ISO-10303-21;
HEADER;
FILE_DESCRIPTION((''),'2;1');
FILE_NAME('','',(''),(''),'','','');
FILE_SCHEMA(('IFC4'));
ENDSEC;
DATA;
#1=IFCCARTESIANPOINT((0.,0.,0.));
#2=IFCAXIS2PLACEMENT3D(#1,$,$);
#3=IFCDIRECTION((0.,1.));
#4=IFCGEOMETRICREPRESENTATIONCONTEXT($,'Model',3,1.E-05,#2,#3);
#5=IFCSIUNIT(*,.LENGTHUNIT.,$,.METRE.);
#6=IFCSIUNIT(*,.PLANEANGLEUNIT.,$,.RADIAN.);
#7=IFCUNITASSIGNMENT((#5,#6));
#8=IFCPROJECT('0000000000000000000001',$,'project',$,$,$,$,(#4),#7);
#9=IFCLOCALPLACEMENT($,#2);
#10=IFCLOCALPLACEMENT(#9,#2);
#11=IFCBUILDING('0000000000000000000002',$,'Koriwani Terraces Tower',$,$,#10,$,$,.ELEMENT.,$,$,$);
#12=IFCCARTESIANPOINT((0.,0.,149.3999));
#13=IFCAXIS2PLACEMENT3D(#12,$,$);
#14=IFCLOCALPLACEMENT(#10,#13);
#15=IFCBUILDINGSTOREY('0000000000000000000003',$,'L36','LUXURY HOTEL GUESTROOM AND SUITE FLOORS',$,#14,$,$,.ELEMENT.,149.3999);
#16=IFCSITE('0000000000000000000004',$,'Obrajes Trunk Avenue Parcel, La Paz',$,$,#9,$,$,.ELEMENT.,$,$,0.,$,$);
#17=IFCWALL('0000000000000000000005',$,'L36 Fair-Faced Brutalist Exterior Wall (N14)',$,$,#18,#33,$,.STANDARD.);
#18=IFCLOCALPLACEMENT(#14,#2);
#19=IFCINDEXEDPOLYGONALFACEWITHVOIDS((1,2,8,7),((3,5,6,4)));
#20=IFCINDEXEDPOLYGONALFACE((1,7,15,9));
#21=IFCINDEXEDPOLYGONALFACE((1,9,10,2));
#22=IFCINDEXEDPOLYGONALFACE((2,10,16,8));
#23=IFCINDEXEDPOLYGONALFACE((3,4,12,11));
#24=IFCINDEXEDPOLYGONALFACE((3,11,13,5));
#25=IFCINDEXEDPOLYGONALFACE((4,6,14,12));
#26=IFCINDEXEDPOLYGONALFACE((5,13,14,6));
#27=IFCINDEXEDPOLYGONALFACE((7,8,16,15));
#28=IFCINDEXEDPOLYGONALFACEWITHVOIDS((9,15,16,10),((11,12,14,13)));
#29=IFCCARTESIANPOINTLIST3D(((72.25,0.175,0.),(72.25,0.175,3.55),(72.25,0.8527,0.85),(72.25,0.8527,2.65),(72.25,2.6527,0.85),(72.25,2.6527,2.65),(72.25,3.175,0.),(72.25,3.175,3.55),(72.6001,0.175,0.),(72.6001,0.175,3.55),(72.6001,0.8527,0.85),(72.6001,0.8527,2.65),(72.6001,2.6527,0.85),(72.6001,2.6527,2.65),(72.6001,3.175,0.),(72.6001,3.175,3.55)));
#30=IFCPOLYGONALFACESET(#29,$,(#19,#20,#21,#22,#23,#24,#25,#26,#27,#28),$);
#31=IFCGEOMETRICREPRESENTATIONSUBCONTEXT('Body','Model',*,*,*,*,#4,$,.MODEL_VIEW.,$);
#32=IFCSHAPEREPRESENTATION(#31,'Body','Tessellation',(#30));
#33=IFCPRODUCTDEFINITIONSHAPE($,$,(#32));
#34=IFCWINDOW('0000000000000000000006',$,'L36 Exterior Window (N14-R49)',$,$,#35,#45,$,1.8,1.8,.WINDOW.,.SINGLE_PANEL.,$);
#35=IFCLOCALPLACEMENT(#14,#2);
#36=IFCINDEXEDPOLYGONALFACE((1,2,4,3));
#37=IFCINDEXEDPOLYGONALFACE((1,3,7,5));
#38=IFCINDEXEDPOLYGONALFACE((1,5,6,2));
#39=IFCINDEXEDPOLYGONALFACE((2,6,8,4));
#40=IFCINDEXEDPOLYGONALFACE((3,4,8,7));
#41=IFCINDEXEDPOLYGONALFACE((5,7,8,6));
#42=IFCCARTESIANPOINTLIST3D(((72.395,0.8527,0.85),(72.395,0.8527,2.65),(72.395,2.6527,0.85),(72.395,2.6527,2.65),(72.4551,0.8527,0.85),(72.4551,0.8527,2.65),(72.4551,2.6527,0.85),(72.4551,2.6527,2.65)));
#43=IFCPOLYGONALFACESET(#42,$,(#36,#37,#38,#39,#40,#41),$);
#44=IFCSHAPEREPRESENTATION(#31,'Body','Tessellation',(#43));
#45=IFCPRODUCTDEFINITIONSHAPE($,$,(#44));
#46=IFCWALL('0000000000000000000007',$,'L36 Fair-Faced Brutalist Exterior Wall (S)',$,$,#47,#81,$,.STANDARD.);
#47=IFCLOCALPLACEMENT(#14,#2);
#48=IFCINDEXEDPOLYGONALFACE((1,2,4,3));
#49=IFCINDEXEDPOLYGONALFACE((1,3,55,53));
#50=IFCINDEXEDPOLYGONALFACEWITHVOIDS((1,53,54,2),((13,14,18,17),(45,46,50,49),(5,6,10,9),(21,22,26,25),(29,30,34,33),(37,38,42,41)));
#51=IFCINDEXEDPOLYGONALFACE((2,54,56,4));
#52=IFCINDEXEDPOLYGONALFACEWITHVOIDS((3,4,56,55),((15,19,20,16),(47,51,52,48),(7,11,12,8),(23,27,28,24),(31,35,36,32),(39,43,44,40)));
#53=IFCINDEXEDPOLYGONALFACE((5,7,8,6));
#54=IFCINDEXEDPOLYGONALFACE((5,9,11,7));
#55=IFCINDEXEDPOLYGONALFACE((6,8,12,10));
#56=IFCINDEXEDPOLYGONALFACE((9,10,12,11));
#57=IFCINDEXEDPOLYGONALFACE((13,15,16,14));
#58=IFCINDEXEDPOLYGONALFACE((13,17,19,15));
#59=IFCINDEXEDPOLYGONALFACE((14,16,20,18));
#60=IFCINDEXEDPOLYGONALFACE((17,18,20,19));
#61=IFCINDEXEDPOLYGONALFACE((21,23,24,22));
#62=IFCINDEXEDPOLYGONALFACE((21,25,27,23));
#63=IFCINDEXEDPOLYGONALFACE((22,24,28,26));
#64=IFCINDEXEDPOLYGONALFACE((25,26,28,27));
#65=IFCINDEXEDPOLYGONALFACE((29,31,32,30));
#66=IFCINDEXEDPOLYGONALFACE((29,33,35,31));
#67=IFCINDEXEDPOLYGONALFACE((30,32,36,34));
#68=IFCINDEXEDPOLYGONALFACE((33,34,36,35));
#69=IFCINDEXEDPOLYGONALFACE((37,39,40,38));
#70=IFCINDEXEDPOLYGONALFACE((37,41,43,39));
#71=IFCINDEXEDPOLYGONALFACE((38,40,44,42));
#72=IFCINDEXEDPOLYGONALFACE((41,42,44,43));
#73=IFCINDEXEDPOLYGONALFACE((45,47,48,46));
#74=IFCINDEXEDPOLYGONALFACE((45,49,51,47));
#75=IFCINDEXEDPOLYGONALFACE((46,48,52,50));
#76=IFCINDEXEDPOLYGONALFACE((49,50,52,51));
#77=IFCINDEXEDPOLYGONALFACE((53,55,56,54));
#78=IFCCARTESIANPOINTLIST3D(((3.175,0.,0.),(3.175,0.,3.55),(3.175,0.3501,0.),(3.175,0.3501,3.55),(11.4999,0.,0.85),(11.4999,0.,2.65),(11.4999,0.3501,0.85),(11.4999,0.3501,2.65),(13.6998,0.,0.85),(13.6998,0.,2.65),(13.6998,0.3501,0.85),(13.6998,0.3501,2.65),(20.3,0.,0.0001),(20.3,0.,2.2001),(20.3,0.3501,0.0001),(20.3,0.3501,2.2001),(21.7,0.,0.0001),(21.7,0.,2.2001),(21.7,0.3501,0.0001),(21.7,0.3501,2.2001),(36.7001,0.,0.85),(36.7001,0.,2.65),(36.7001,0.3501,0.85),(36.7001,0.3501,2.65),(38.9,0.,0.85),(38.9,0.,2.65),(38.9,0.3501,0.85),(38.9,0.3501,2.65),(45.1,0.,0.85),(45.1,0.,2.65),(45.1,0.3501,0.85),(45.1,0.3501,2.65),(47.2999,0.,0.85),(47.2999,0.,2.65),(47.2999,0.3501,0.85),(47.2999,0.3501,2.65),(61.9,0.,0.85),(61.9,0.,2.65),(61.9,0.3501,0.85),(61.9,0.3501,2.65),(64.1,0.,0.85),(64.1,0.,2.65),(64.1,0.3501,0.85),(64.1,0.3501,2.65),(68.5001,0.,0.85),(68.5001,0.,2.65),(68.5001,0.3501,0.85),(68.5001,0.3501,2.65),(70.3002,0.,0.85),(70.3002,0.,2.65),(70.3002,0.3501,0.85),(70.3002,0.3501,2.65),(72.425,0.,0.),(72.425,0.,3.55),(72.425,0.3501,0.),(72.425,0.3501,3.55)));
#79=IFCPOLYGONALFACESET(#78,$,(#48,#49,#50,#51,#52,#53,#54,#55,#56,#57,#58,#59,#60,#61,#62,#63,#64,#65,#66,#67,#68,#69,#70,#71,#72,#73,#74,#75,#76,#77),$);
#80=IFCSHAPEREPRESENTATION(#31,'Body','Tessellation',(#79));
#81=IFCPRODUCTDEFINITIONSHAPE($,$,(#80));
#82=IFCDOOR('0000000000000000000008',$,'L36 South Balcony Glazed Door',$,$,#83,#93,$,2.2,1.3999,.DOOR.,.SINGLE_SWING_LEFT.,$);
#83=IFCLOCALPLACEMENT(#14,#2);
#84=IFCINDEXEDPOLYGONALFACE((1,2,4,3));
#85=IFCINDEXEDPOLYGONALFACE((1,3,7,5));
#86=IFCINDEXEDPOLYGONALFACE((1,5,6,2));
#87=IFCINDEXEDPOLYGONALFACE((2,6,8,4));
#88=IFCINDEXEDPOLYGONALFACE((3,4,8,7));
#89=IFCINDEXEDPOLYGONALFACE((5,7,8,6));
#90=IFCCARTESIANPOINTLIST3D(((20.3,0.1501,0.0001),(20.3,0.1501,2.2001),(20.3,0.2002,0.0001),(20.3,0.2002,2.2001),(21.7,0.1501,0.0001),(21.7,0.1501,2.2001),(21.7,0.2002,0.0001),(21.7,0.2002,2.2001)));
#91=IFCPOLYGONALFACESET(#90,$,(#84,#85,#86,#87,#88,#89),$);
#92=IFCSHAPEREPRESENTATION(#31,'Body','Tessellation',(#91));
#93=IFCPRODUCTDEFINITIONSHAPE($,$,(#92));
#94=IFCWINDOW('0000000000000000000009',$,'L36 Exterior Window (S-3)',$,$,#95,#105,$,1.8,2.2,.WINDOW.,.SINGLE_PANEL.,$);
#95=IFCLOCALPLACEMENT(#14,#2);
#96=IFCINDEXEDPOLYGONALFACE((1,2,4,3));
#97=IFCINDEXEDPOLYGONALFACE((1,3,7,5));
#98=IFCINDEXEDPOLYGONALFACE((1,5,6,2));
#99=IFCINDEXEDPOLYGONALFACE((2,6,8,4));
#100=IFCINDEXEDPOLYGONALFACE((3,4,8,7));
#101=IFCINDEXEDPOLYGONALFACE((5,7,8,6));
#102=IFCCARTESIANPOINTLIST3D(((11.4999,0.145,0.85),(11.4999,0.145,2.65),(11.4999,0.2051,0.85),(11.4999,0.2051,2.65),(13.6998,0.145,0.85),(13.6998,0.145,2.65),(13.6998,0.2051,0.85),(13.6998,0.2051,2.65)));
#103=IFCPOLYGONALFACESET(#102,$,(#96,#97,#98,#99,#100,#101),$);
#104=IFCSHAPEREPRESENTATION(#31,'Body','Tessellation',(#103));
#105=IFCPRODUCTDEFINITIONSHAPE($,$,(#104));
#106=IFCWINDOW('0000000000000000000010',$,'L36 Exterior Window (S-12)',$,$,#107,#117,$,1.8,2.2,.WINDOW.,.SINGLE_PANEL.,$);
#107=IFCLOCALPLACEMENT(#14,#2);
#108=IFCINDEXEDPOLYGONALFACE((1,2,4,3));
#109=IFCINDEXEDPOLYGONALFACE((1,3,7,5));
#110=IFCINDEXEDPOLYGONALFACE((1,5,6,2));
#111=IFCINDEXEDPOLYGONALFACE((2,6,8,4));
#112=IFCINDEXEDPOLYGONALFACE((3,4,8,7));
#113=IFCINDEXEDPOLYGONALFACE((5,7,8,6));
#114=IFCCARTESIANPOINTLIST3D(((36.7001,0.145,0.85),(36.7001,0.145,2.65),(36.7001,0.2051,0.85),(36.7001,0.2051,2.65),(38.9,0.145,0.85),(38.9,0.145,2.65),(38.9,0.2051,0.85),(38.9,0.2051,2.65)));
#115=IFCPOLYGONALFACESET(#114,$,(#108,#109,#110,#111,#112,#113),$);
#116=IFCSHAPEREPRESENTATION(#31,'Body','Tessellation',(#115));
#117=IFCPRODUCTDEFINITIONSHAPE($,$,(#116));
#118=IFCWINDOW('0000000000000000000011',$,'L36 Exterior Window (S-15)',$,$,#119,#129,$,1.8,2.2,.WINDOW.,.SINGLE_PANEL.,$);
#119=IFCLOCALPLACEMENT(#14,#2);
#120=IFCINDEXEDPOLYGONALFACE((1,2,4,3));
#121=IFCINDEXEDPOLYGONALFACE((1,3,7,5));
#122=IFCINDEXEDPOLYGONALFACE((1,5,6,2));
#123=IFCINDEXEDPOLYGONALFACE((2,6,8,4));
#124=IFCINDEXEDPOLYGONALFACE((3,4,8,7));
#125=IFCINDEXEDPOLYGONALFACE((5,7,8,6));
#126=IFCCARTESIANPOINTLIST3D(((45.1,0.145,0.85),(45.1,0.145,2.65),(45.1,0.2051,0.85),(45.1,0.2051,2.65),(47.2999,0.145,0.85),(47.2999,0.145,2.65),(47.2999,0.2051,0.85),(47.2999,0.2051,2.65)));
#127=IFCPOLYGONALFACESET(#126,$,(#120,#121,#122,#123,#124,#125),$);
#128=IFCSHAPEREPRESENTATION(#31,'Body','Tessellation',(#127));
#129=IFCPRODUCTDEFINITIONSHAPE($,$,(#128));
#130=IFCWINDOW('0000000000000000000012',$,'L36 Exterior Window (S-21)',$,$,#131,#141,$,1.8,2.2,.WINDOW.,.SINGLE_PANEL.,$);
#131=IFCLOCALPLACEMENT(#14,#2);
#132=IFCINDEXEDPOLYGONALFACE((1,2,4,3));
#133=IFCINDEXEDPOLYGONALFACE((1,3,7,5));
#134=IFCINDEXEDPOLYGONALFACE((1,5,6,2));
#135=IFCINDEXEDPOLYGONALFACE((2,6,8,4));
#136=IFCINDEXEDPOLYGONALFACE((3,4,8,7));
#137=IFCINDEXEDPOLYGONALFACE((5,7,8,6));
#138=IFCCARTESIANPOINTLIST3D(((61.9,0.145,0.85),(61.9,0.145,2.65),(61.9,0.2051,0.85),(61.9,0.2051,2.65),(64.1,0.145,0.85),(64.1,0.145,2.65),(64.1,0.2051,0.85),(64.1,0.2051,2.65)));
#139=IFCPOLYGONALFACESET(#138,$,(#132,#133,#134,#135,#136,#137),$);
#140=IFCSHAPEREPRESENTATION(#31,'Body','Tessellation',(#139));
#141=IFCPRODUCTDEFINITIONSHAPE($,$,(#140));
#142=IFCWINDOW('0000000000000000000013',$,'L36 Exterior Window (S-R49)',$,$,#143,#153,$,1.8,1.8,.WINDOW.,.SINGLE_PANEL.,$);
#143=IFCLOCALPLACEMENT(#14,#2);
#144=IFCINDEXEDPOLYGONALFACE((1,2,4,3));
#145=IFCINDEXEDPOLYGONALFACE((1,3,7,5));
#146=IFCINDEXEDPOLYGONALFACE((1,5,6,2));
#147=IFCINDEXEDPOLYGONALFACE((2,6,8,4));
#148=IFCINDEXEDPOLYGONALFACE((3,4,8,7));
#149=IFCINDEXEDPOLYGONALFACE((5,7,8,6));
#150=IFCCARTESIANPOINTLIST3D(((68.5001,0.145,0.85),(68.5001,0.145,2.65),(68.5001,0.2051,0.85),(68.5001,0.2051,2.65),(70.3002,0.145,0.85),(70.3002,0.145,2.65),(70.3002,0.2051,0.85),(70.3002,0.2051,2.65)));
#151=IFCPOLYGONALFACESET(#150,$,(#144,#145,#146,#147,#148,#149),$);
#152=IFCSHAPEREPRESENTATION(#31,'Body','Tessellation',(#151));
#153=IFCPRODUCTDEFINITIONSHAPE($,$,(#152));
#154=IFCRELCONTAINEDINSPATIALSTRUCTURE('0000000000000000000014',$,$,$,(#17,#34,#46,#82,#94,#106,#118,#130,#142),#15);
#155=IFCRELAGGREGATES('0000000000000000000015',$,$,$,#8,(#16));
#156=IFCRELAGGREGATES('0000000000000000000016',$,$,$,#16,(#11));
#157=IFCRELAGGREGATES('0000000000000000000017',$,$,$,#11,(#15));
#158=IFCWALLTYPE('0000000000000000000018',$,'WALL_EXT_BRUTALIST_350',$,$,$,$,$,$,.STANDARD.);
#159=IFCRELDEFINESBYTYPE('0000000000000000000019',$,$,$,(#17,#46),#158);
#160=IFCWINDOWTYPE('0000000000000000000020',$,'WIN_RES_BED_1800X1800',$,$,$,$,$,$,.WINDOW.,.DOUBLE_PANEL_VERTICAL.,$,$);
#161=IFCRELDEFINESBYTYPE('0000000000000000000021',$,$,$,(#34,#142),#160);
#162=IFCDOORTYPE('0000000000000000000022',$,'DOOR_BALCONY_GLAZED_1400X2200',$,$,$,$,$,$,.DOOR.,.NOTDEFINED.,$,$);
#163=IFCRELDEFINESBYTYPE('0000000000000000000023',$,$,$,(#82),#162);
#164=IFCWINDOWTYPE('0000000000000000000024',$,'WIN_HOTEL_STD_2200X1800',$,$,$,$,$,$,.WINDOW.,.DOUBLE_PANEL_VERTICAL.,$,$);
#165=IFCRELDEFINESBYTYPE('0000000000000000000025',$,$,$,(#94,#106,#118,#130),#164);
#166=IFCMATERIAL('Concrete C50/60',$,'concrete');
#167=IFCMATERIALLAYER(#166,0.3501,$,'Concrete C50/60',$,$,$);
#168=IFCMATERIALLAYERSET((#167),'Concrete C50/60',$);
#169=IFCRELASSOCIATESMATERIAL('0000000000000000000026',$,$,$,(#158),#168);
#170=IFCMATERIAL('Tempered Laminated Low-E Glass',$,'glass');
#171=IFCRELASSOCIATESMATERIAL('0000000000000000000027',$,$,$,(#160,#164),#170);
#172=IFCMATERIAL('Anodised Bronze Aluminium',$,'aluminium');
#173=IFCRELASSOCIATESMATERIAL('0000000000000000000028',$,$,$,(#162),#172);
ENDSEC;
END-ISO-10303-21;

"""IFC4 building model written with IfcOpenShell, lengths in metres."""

from ifc_helpers import new_model, si_unit, direction, frame, frame_2d, origin, place, context, subcontext, project, spatial, rectangle, extrude, material, layer, layer_set, type_object, element, fill, save


model = new_model("IFC4")

# Units and contexts
model_context = context("Model", 3, precision=1e-05, world=origin(), true_north=direction((0.0, 1.0)))
body_context = subcontext(model_context, "Body", "Model", "MODEL_VIEW")
ifc_project = project(units=[si_unit("LENGTHUNIT", "METRE"), si_unit("PLANEANGLEUNIT", "RADIAN")], contexts=[model_context])

# Site, building, storey
site_placement = place(None, origin())
site = spatial("IfcSite", under=ifc_project, at=site_placement, Name="Obrajes Trunk Avenue Parcel, La Paz", CompositionType="ELEMENT", RefElevation=0.0)
building_placement = place(site_placement, origin())
building = spatial("IfcBuilding", under=site, at=building_placement, Name="Koriwani Terraces Tower", CompositionType="ELEMENT")
storey_placement = place(building_placement, frame((0.0, 0.0, 149.3999)))
storey = spatial("IfcBuildingStorey", under=building, at=storey_placement, Name="L36", Description="LUXURY HOTEL GUESTROOM AND SUITE FLOORS", CompositionType="ELEMENT", Elevation=149.3999)

# Shared definitions
ifc_material_1 = material(Name="Anodised Bronze Aluminium", Category="aluminium")
ifc_material_2 = material(Name="Tempered Laminated Low-E Glass", Category="glass")

# Shared definitions
ifc_material_3 = material(Name="Concrete C50/60", Category="concrete")
ifc_layer_1 = layer(ifc_material_3, 0.3501, Name="Concrete C50/60")
ifc_layer_set_1 = layer_set([ifc_layer_1], Name="Concrete C50/60")
wall_type = type_object("IfcWallType", Name="WALL_EXT_BRUTALIST_350", PredefinedType="STANDARD", material=ifc_layer_set_1)

# Wall, opening, window
wall_1_placement = place(storey_placement, frame((72.425, 3.175, 0.0), z_axis=(0.0, 0.0, 1.0), x_axis=(0.0, -1.0, 0.0)))
wall_1 = element("IfcWall", 1, at=wall_1_placement, inside=storey, type_object=wall_type, Name="L36 Fair-Faced Brutalist Exterior Wall (N14)", PredefinedType="STANDARD", context=body_context, shape_type="SweptSolid", body=[
    extrude(rectangle(XDim=3.0, YDim=0.3501, at=frame_2d((1.5, 0.0))), origin(), (0.0, 0.0, 1.0), 3.55),
])
opening_1_placement = place(wall_1_placement, frame((0.5225, 0.0, 0.8501)))
opening_1 = element("IfcOpeningElement", 2, at=opening_1_placement, cuts=wall_1, PredefinedType="OPENING", context=body_context, shape_type="SweptSolid", body=[
    extrude(rectangle(XDim=1.8, YDim=1.8, at=frame_2d((0.8999, 0.8999))), frame((0.0, 0.1851, 0.0), z_axis=(0.0, -1.0, 0.0), x_axis=(1.0, 0.0, 0.0)), (0.0, 0.0, 1.0), 0.3701),
])
window_type_1 = type_object("IfcWindowType", Name="WIN_RES_BED_1800X1800", PartitioningType="DOUBLE_PANEL_VERTICAL", PredefinedType="WINDOW", material=ifc_material_2)
window_1_placement = place(opening_1_placement, origin())
window_1 = element("IfcWindow", 3, at=window_1_placement, inside=storey, type_object=window_type_1, Name="L36 Exterior Window (N14-R49)", OverallHeight=1.8, OverallWidth=1.8, PartitioningType="SINGLE_PANEL", PredefinedType="WINDOW", context=body_context, shape_type="SweptSolid", body=[
    extrude(rectangle(XDim=1.8, YDim=1.8, at=frame_2d((0.8999, 0.8999))), frame((0.0, 0.03, 0.0), z_axis=(0.0, -1.0, 0.0), x_axis=(1.0, 0.0, 0.0)), (0.0, 0.0, 1.0), 0.0601),
])
fill(opening_1, window_1)

# Wall, openings, door, windows
wall_2_placement = place(storey_placement, frame((72.425, 0.175, 0.0), z_axis=(0.0, 0.0, 1.0), x_axis=(-1.0, 0.0, 0.0)))
wall_2 = element("IfcWall", 4, at=wall_2_placement, inside=storey, type_object=wall_type, Name="L36 Fair-Faced Brutalist Exterior Wall (S)", PredefinedType="STANDARD", context=body_context, shape_type="SweptSolid", body=[
    extrude(rectangle(XDim=69.25, YDim=0.3501, at=frame_2d((34.625, 0.0))), origin(), (0.0, 0.0, 1.0), 3.55),
])
opening_2_placement = place(wall_2_placement, frame((50.7251, 0.0, 0.0)))
opening_2 = element("IfcOpeningElement", 5, at=opening_2_placement, cuts=wall_2, PredefinedType="OPENING", context=body_context, shape_type="SweptSolid", body=[
    extrude(rectangle(XDim=1.3999, YDim=2.2, at=frame_2d((0.7, 1.1001))), frame((0.0, 0.1851, 0.0), z_axis=(0.0, -1.0, 0.0), x_axis=(1.0, 0.0, 0.0)), (0.0, 0.0, 1.0), 0.3701),
])
opening_3_placement = place(wall_2_placement, frame((58.7251, 0.0, 0.8501)))
opening_3 = element("IfcOpeningElement", 6, at=opening_3_placement, cuts=wall_2, PredefinedType="OPENING", context=body_context, shape_type="SweptSolid", body=[
    extrude(rectangle(XDim=2.2, YDim=1.8, at=frame_2d((1.1001, 0.8999))), frame((0.0, 0.1851, 0.0), z_axis=(0.0, -1.0, 0.0), x_axis=(1.0, 0.0, 0.0)), (0.0, 0.0, 1.0), 0.3701),
])
opening_4_placement = place(wall_2_placement, frame((33.5249, 0.0, 0.8501)))
opening_4 = element("IfcOpeningElement", 7, at=opening_4_placement, cuts=wall_2, PredefinedType="OPENING", context=body_context, shape_type="SweptSolid", body=[
    extrude(rectangle(XDim=2.2, YDim=1.8, at=frame_2d((1.1001, 0.8999))), frame((0.0, 0.1851, 0.0), z_axis=(0.0, -1.0, 0.0), x_axis=(1.0, 0.0, 0.0)), (0.0, 0.0, 1.0), 0.3701),
])
opening_5_placement = place(wall_2_placement, frame((25.125, 0.0, 0.8501)))
opening_5 = element("IfcOpeningElement", 8, at=opening_5_placement, cuts=wall_2, PredefinedType="OPENING", context=body_context, shape_type="SweptSolid", body=[
    extrude(rectangle(XDim=2.2, YDim=1.8, at=frame_2d((1.1001, 0.8999))), frame((0.0, 0.1851, 0.0), z_axis=(0.0, -1.0, 0.0), x_axis=(1.0, 0.0, 0.0)), (0.0, 0.0, 1.0), 0.3701),
])
opening_6_placement = place(wall_2_placement, frame((8.325, 0.0, 0.8501)))
opening_6 = element("IfcOpeningElement", 9, at=opening_6_placement, cuts=wall_2, PredefinedType="OPENING", context=body_context, shape_type="SweptSolid", body=[
    extrude(rectangle(XDim=2.2, YDim=1.8, at=frame_2d((1.1001, 0.8999))), frame((0.0, 0.1851, 0.0), z_axis=(0.0, -1.0, 0.0), x_axis=(1.0, 0.0, 0.0)), (0.0, 0.0, 1.0), 0.3701),
])
opening_7_placement = place(wall_2_placement, frame((2.125, 0.0, 0.8501)))
opening_7 = element("IfcOpeningElement", 10, at=opening_7_placement, cuts=wall_2, PredefinedType="OPENING", context=body_context, shape_type="SweptSolid", body=[
    extrude(rectangle(XDim=1.8, YDim=1.8, at=frame_2d((0.8999, 0.8999))), frame((0.0, 0.1851, 0.0), z_axis=(0.0, -1.0, 0.0), x_axis=(1.0, 0.0, 0.0)), (0.0, 0.0, 1.0), 0.3701),
])
door_type = type_object("IfcDoorType", Name="DOOR_BALCONY_GLAZED_1400X2200", OperationType="NOTDEFINED", PredefinedType="DOOR", material=ifc_material_1)
door_placement = place(opening_2_placement, origin())
door = element("IfcDoor", 11, at=door_placement, inside=storey, type_object=door_type, Name="L36 South Balcony Glazed Door", OperationType="SINGLE_SWING_LEFT", OverallHeight=2.2, OverallWidth=1.3999, PredefinedType="DOOR", context=body_context, shape_type="SweptSolid", body=[
    extrude(rectangle(XDim=1.3999, YDim=2.2, at=frame_2d((0.7, 1.1001))), frame((0.0, 0.0249, 0.0), z_axis=(0.0, -1.0, 0.0), x_axis=(1.0, 0.0, 0.0)), (0.0, 0.0, 1.0), 0.05),
])
fill(opening_2, door)
window_type_2 = type_object("IfcWindowType", Name="WIN_HOTEL_STD_2200X1800", PartitioningType="DOUBLE_PANEL_VERTICAL", PredefinedType="WINDOW", material=ifc_material_2)
window_2_placement = place(opening_3_placement, origin())
window_2 = element("IfcWindow", 12, at=window_2_placement, inside=storey, type_object=window_type_2, Name="L36 Exterior Window (S-3)", OverallHeight=1.8, OverallWidth=2.2, PartitioningType="SINGLE_PANEL", PredefinedType="WINDOW", context=body_context, shape_type="SweptSolid", body=[
    extrude(rectangle(XDim=2.2, YDim=1.8, at=frame_2d((1.1001, 0.8999))), frame((0.0, 0.03, 0.0), z_axis=(0.0, -1.0, 0.0), x_axis=(1.0, 0.0, 0.0)), (0.0, 0.0, 1.0), 0.0601),
])
fill(opening_3, window_2)
window_3_placement = place(opening_4_placement, origin())
window_3 = element("IfcWindow", 13, at=window_3_placement, inside=storey, type_object=window_type_2, Name="L36 Exterior Window (S-12)", OverallHeight=1.8, OverallWidth=2.2, PartitioningType="SINGLE_PANEL", PredefinedType="WINDOW", context=body_context, shape_type="SweptSolid", body=[
    extrude(rectangle(XDim=2.2, YDim=1.8, at=frame_2d((1.1001, 0.8999))), frame((0.0, 0.03, 0.0), z_axis=(0.0, -1.0, 0.0), x_axis=(1.0, 0.0, 0.0)), (0.0, 0.0, 1.0), 0.0601),
])
fill(opening_4, window_3)
window_4_placement = place(opening_5_placement, origin())
window_4 = element("IfcWindow", 14, at=window_4_placement, inside=storey, type_object=window_type_2, Name="L36 Exterior Window (S-15)", OverallHeight=1.8, OverallWidth=2.2, PartitioningType="SINGLE_PANEL", PredefinedType="WINDOW", context=body_context, shape_type="SweptSolid", body=[
    extrude(rectangle(XDim=2.2, YDim=1.8, at=frame_2d((1.1001, 0.8999))), frame((0.0, 0.03, 0.0), z_axis=(0.0, -1.0, 0.0), x_axis=(1.0, 0.0, 0.0)), (0.0, 0.0, 1.0), 0.0601),
])
fill(opening_5, window_4)
window_5_placement = place(opening_6_placement, origin())
window_5 = element("IfcWindow", 15, at=window_5_placement, inside=storey, type_object=window_type_2, Name="L36 Exterior Window (S-21)", OverallHeight=1.8, OverallWidth=2.2, PartitioningType="SINGLE_PANEL", PredefinedType="WINDOW", context=body_context, shape_type="SweptSolid", body=[
    extrude(rectangle(XDim=2.2, YDim=1.8, at=frame_2d((1.1001, 0.8999))), frame((0.0, 0.03, 0.0), z_axis=(0.0, -1.0, 0.0), x_axis=(1.0, 0.0, 0.0)), (0.0, 0.0, 1.0), 0.0601),
])
fill(opening_6, window_5)
window_6_placement = place(opening_7_placement, origin())
window_6 = element("IfcWindow", 16, at=window_6_placement, inside=storey, type_object=window_type_1, Name="L36 Exterior Window (S-R49)", OverallHeight=1.8, OverallWidth=1.8, PartitioningType="SINGLE_PANEL", PredefinedType="WINDOW", context=body_context, shape_type="SweptSolid", body=[
    extrude(rectangle(XDim=1.8, YDim=1.8, at=frame_2d((0.8999, 0.8999))), frame((0.0, 0.03, 0.0), z_axis=(0.0, -1.0, 0.0), x_axis=(1.0, 0.0, 0.0)), (0.0, 0.0, 1.0), 0.0601),
])
fill(opening_7, window_6)

save(model, "model.ifc")
